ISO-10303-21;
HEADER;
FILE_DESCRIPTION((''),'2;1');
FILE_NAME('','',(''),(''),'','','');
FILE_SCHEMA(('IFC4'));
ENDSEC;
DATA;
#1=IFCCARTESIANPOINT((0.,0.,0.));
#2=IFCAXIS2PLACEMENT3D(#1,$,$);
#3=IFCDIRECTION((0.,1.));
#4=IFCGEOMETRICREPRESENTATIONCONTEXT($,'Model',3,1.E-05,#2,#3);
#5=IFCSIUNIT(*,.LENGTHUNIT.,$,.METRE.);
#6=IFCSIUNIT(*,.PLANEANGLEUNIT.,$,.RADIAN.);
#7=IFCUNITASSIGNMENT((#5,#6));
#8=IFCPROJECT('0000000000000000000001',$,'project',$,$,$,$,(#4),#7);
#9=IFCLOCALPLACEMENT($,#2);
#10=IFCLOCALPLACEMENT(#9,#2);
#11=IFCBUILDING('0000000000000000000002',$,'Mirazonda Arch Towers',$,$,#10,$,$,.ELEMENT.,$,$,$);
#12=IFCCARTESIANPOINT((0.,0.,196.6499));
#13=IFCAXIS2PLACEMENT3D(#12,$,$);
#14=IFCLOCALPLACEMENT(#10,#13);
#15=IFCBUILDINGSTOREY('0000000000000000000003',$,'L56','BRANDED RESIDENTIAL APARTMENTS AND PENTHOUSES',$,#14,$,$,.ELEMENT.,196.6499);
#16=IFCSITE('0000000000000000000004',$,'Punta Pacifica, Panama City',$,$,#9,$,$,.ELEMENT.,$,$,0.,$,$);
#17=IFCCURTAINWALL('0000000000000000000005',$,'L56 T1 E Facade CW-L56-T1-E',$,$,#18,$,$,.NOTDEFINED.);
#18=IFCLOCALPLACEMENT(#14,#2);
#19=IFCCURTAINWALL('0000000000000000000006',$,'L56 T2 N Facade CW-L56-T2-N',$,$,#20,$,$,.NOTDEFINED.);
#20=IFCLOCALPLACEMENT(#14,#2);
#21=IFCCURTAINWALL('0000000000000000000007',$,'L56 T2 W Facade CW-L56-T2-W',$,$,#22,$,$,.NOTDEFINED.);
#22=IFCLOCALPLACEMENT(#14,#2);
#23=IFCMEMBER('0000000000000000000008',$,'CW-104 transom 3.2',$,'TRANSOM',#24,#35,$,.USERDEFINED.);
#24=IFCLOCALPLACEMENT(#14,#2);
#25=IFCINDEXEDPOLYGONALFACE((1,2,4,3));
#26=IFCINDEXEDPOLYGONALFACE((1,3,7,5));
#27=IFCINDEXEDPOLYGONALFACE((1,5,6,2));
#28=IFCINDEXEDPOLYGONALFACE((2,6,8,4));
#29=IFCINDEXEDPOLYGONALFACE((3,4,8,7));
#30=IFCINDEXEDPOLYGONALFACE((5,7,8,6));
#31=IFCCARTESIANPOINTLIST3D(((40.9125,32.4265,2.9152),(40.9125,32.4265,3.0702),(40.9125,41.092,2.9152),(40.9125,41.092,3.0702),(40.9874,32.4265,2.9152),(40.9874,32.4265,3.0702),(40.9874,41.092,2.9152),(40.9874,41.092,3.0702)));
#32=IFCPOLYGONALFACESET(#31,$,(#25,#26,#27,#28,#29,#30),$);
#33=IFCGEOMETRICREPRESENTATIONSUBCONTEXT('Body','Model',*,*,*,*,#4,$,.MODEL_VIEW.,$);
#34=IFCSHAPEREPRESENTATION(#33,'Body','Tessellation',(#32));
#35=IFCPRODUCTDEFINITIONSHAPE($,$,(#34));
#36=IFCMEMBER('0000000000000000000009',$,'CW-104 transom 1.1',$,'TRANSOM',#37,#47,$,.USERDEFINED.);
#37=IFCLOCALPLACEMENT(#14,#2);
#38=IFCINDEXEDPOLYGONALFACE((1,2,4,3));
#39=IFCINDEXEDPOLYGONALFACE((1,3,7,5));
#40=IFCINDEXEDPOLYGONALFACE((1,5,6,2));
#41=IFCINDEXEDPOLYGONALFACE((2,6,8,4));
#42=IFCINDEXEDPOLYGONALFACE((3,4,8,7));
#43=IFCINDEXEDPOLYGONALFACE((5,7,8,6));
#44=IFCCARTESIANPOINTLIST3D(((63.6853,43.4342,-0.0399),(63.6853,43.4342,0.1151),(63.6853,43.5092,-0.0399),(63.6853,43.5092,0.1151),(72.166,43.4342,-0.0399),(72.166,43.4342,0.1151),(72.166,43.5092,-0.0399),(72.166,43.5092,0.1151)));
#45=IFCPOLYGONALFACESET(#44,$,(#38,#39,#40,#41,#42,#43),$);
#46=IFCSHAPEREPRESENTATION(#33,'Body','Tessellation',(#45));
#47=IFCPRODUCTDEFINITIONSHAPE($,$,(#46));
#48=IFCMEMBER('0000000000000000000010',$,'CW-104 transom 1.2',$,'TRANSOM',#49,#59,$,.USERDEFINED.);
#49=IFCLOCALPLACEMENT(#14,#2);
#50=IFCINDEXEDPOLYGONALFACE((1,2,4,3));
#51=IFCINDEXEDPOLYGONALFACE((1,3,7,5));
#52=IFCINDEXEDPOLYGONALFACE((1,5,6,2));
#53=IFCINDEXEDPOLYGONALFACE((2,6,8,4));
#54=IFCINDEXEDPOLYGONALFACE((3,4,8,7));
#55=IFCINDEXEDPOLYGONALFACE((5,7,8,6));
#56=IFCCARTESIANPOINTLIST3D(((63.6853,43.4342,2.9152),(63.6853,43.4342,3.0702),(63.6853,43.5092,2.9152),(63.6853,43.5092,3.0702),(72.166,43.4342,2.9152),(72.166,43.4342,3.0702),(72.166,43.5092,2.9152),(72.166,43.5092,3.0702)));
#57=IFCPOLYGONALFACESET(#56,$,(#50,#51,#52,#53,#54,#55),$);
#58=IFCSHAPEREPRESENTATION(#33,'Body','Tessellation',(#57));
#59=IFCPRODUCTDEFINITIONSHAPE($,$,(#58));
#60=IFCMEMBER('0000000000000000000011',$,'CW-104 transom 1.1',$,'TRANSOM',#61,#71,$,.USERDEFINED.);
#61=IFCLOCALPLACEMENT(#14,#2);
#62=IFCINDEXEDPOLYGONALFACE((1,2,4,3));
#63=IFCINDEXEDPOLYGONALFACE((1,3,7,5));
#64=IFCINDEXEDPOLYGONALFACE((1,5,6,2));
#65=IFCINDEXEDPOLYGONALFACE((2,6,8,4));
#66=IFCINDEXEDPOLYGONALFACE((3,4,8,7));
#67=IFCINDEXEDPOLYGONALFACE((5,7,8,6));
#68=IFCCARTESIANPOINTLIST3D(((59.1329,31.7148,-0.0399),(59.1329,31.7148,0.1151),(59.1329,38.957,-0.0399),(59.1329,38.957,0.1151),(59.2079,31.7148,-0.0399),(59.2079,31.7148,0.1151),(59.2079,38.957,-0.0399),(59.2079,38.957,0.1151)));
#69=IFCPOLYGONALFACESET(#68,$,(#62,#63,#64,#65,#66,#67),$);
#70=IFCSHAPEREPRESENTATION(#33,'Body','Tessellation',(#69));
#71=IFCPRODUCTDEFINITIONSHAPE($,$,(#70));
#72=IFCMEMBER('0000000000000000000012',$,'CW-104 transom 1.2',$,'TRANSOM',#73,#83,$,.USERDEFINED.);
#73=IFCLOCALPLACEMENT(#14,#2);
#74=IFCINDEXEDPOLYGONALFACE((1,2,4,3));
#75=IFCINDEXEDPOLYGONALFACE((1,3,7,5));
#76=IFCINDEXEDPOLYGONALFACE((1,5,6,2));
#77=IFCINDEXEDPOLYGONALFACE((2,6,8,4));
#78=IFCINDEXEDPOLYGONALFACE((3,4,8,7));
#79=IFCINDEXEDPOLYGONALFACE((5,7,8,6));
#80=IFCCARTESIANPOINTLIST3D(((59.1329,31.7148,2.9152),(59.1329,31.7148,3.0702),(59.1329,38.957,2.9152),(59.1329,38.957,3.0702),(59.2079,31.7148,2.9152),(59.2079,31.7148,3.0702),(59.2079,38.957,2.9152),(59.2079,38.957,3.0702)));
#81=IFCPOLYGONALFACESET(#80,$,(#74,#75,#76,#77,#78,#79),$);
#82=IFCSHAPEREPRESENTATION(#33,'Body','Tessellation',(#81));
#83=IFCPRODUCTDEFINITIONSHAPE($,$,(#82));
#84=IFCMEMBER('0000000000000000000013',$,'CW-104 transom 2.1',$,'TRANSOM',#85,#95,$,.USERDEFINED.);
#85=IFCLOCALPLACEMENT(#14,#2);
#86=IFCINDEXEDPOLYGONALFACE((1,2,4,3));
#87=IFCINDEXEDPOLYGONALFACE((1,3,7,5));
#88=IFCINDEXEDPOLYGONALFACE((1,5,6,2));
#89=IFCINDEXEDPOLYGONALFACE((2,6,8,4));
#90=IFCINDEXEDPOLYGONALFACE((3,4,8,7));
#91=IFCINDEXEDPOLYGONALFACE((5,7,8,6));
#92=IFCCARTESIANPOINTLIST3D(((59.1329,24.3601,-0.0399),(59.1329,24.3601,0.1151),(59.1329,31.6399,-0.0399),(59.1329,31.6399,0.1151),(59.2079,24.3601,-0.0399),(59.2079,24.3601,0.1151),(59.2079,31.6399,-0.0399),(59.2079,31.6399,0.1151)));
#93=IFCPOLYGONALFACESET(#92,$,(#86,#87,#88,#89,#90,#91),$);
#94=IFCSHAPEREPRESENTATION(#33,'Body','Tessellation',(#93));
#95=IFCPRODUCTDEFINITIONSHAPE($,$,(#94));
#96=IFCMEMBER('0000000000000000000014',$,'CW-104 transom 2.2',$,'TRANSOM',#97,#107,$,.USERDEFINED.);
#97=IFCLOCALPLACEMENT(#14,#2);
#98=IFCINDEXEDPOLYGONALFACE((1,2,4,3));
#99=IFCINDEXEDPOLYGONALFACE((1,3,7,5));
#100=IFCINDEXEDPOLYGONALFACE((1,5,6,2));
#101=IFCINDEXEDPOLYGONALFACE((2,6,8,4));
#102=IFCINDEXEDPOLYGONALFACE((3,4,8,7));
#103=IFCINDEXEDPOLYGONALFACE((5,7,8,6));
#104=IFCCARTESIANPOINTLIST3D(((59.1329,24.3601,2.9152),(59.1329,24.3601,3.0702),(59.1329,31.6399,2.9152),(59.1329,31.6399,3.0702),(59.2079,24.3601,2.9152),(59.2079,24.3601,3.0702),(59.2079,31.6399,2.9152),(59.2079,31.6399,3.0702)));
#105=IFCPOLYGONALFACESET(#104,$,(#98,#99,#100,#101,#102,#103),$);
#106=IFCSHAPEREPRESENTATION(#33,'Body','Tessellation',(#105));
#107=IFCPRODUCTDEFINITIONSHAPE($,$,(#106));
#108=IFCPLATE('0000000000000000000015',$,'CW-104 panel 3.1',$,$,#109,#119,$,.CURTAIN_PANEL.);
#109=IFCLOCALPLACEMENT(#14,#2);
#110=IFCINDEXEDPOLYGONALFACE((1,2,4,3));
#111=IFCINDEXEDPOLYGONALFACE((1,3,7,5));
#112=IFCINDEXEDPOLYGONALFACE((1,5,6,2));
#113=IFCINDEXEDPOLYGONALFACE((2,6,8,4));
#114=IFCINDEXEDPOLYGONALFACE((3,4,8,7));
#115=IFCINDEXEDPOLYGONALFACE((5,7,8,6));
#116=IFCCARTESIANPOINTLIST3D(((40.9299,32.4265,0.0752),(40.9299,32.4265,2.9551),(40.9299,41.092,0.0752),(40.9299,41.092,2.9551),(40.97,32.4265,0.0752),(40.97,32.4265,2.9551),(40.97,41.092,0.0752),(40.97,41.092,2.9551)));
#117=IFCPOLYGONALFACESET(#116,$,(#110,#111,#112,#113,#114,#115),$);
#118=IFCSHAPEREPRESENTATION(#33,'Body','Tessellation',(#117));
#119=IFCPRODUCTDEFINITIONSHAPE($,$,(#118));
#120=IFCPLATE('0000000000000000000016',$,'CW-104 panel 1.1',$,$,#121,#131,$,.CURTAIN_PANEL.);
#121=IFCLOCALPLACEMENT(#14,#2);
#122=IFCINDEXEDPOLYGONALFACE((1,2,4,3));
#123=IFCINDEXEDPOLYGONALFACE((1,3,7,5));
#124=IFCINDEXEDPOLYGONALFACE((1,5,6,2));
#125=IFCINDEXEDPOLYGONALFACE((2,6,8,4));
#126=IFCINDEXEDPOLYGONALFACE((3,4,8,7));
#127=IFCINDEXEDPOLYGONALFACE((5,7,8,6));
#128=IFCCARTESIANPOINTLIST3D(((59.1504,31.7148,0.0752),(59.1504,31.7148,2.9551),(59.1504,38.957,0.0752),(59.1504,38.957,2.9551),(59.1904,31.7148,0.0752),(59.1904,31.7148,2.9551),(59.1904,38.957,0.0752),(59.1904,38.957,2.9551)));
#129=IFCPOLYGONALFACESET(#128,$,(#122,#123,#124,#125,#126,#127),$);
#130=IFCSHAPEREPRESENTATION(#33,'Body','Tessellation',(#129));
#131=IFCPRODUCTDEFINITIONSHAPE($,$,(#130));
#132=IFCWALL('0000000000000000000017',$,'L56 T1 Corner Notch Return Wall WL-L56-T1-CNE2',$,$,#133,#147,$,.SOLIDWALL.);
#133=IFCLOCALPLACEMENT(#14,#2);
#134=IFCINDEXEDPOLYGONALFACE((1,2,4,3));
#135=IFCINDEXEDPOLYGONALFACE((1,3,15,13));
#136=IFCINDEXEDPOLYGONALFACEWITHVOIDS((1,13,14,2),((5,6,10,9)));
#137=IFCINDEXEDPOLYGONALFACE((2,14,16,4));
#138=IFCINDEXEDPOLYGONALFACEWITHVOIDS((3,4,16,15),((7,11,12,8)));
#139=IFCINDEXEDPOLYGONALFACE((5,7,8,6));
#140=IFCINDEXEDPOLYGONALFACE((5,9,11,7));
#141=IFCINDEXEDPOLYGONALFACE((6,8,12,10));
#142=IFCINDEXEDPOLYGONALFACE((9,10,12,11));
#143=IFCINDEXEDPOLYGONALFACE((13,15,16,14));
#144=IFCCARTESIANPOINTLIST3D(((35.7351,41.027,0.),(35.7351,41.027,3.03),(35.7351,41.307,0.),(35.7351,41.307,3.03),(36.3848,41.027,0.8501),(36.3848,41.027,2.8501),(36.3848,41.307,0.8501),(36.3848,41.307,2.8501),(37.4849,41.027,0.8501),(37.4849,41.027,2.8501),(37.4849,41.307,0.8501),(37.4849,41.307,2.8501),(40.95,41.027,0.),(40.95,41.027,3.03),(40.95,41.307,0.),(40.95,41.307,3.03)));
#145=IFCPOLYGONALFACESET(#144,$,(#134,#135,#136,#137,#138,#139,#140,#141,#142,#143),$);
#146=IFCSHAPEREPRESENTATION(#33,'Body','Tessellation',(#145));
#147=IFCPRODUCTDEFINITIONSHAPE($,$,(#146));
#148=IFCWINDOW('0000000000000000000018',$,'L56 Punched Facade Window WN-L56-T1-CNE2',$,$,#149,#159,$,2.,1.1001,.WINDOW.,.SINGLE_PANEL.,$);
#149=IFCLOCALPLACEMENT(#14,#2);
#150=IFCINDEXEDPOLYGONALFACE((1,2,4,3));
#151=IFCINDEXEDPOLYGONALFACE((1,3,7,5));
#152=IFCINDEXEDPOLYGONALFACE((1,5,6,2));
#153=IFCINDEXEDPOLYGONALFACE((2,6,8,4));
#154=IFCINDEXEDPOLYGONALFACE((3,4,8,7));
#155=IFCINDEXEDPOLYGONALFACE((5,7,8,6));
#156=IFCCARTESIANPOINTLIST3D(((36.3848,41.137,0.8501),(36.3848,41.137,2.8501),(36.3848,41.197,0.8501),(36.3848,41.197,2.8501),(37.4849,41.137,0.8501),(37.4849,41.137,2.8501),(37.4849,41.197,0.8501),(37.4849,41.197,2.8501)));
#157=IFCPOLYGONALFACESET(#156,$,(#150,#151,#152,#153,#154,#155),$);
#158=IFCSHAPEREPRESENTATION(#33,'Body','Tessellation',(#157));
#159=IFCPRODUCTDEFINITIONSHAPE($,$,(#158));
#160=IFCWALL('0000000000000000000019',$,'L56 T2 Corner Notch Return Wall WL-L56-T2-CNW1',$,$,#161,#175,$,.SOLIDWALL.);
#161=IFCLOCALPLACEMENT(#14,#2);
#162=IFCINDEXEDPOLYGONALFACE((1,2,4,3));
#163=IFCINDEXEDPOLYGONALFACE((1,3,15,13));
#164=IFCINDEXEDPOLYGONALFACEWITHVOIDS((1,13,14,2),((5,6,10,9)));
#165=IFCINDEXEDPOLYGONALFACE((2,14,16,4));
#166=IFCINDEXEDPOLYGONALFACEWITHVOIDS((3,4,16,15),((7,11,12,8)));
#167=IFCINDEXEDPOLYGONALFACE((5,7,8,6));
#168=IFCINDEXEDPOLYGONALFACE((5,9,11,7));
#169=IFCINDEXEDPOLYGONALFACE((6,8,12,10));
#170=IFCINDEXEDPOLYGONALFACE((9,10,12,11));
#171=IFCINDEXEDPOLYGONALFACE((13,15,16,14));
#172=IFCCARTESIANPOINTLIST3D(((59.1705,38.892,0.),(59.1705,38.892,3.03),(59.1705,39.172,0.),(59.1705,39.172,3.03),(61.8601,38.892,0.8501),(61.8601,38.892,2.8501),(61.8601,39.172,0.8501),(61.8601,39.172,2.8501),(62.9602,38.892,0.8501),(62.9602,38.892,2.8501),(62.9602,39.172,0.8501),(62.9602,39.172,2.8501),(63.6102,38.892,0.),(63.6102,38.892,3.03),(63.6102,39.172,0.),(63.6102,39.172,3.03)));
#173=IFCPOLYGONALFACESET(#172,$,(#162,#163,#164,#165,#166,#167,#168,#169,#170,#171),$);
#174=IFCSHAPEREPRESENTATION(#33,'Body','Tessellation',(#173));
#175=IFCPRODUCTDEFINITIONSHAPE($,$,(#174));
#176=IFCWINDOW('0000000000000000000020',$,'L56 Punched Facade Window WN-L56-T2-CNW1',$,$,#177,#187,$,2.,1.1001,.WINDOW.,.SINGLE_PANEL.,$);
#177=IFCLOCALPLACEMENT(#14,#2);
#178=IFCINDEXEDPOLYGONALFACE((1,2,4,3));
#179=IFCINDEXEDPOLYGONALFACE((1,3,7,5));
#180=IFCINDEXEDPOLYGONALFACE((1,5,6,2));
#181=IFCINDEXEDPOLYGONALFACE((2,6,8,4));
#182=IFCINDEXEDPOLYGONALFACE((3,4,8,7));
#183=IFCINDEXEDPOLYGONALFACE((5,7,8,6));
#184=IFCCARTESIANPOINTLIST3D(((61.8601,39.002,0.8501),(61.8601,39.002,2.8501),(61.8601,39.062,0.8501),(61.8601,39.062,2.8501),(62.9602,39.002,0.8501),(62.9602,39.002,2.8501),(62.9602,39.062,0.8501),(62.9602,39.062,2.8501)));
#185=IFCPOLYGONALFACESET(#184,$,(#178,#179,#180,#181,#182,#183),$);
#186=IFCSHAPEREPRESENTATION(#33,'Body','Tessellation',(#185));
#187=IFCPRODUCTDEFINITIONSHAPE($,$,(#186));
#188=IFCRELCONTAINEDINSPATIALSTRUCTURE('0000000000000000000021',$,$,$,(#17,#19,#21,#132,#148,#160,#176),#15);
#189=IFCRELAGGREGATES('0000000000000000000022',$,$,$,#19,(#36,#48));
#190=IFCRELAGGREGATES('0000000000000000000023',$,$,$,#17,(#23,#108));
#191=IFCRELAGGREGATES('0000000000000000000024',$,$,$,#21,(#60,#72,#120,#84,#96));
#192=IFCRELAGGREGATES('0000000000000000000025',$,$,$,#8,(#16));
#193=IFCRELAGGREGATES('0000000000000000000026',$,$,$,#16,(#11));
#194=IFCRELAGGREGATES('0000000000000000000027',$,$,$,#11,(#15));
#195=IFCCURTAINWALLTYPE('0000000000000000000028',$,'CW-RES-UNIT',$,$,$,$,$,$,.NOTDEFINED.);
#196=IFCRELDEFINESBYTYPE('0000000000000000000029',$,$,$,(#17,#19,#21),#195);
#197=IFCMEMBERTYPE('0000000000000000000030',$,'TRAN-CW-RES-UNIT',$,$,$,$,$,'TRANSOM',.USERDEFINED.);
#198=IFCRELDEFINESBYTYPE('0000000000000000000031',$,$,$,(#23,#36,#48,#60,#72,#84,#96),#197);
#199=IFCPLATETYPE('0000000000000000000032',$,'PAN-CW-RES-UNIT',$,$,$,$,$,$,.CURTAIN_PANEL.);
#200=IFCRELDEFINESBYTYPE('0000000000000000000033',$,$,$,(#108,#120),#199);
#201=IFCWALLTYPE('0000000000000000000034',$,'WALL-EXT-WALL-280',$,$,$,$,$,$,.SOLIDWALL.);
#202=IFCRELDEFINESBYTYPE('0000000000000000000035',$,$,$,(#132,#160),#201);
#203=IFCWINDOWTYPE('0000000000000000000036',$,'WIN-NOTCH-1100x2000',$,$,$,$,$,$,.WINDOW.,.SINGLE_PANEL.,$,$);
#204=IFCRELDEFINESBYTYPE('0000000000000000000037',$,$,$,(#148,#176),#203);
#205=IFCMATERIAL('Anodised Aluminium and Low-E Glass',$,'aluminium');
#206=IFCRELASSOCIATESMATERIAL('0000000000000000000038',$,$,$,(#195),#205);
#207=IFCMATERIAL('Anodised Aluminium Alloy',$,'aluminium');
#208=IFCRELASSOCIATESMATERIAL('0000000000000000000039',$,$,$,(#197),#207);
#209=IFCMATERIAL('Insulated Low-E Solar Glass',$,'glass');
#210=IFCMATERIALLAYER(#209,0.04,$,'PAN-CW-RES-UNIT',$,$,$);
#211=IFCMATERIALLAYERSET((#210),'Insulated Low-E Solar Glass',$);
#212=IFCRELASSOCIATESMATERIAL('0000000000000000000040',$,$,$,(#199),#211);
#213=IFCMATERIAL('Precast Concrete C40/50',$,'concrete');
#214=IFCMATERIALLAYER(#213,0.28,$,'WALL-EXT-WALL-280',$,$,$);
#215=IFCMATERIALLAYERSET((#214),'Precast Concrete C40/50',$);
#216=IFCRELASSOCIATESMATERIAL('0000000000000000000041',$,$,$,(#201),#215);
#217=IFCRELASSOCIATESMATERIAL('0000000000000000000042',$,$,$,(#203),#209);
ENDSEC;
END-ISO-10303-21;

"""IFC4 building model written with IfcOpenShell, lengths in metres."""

from ifc_helpers import new_model, si_unit, direction, frame, frame_2d, origin, origin_2d, place, context, subcontext, project, spatial, rectangle, extrude, material, layer, layer_set, material_profile, profile_set, type_object, element, fill, aggregate, save


model = new_model("IFC4")

# Units and contexts
model_context = context("Model", 3, precision=1e-05, world=origin(), true_north=direction((0.0, 1.0)))
body_context = subcontext(model_context, "Body", "Model", "MODEL_VIEW")
ifc_project = project(units=[si_unit("LENGTHUNIT", "METRE"), si_unit("PLANEANGLEUNIT", "RADIAN")], contexts=[model_context])

# Site, building, storey
site_placement = place(None, origin())
site = spatial("IfcSite", under=ifc_project, at=site_placement, Name="Punta Pacifica, Panama City", CompositionType="ELEMENT", RefElevation=0.0)
building_placement = place(site_placement, origin())
building = spatial("IfcBuilding", under=site, at=building_placement, Name="Mirazonda Arch Towers", CompositionType="ELEMENT")
storey_placement = place(building_placement, frame((0.0, 0.0, 196.6499)))
storey = spatial("IfcBuildingStorey", under=building, at=storey_placement, Name="L56", Description="BRANDED RESIDENTIAL APARTMENTS AND PENTHOUSES", CompositionType="ELEMENT", Elevation=196.6499)

# Curtain wall
ifc_material_1 = material(Name="Anodised Aluminium and Low-E Glass", Category="aluminium")
curtain_wall_type = type_object("IfcCurtainWallType", Name="CW-RES-UNIT", PredefinedType="NOTDEFINED", material=ifc_material_1)
curtain_wall_1_placement = place(storey_placement, origin())
curtain_wall_1 = element("IfcCurtainWall", 1, at=curtain_wall_1_placement, inside=storey, type_object=curtain_wall_type, Name="L56 T1 E Facade CW-L56-T1-E", PredefinedType="NOTDEFINED")
ifc_material_2 = material(Name="Anodised Aluminium Alloy", Category="aluminium")

# Curtain wall
curtain_wall_2_placement = place(storey_placement, origin())
curtain_wall_2 = element("IfcCurtainWall", 2, at=curtain_wall_2_placement, inside=storey, type_object=curtain_wall_type, Name="L56 T2 N Facade CW-L56-T2-N", PredefinedType="NOTDEFINED")

# Curtain wall
curtain_wall_3_placement = place(storey_placement, origin())
curtain_wall_3 = element("IfcCurtainWall", 3, at=curtain_wall_3_placement, inside=storey, type_object=curtain_wall_type, Name="L56 T2 W Facade CW-L56-T2-W", PredefinedType="NOTDEFINED")

# Members
ifc_material_profile_1 = material_profile(ifc_material_2, rectangle(XDim=0.075, YDim=0.155, at=origin_2d()), Name="ALU-TRAN-75x155")
ifc_profile_set_1 = profile_set([ifc_material_profile_1], Name="Anodised Aluminium Alloy")
member_type_1 = type_object("IfcMemberType", Name="TRAN-CW-RES-UNIT", ElementType="TRANSOM", PredefinedType="USERDEFINED", material=ifc_profile_set_1)
member_1_placement = place(storey_placement, frame((40.95, 32.4265, 2.9927), z_axis=(0.0, 1.0, 0.0), x_axis=(-1.0, 0.0, 0.0)))
member_1 = element("IfcMember", 4, at=member_1_placement, type_object=member_type_1, Name="CW-104 transom 3.2", ObjectType="TRANSOM", PredefinedType="USERDEFINED", context=body_context, shape_type="SweptSolid", body=[
    extrude(rectangle(XDim=0.075, YDim=0.155, at=origin_2d()), origin(), (0.0, 0.0, 1.0), 8.6655),
])
member_2_placement = place(storey_placement, frame((63.6853, 43.4717, 0.0376), z_axis=(1.0, 0.0, 0.0), x_axis=(0.0, 1.0, 0.0)))
member_2 = element("IfcMember", 5, at=member_2_placement, type_object=member_type_1, Name="CW-104 transom 1.1", ObjectType="TRANSOM", PredefinedType="USERDEFINED", context=body_context, shape_type="SweptSolid", body=[
    extrude(rectangle(XDim=0.075, YDim=0.155, at=origin_2d()), origin(), (0.0, 0.0, 1.0), 8.4807),
])
member_3_placement = place(storey_placement, frame((63.6853, 43.4717, 2.9927), z_axis=(1.0, 0.0, 0.0), x_axis=(0.0, 1.0, 0.0)))
member_3 = element("IfcMember", 6, at=member_3_placement, type_object=member_type_1, Name="CW-104 transom 1.2", ObjectType="TRANSOM", PredefinedType="USERDEFINED", context=body_context, shape_type="SweptSolid", body=[
    extrude(rectangle(XDim=0.075, YDim=0.155, at=origin_2d()), origin(), (0.0, 0.0, 1.0), 8.4807),
])
aggregate(curtain_wall_2, [member_2, member_3])
member_4_placement = place(storey_placement, frame((59.1704, 38.957, 0.0376), z_axis=(0.0, -1.0, 0.0), x_axis=(1.0, 0.0, 0.0)))
member_4 = element("IfcMember", 7, at=member_4_placement, type_object=member_type_1, Name="CW-104 transom 1.1", ObjectType="TRANSOM", PredefinedType="USERDEFINED", context=body_context, shape_type="SweptSolid", body=[
    extrude(rectangle(XDim=0.075, YDim=0.155, at=origin_2d()), origin(), (0.0, 0.0, 1.0), 7.2422),
])
member_5_placement = place(storey_placement, frame((59.1704, 38.957, 2.9927), z_axis=(0.0, -1.0, 0.0), x_axis=(1.0, 0.0, 0.0)))
member_5 = element("IfcMember", 8, at=member_5_placement, type_object=member_type_1, Name="CW-104 transom 1.2", ObjectType="TRANSOM", PredefinedType="USERDEFINED", context=body_context, shape_type="SweptSolid", body=[
    extrude(rectangle(XDim=0.075, YDim=0.155, at=origin_2d()), origin(), (0.0, 0.0, 1.0), 7.2422),
])
member_6_placement = place(storey_placement, frame((59.1704, 31.6399, 0.0376), z_axis=(0.0, -1.0, 0.0), x_axis=(1.0, 0.0, 0.0)))
member_6 = element("IfcMember", 9, at=member_6_placement, type_object=member_type_1, Name="CW-104 transom 2.1", ObjectType="TRANSOM", PredefinedType="USERDEFINED", context=body_context, shape_type="SweptSolid", body=[
    extrude(rectangle(XDim=0.075, YDim=0.155, at=origin_2d()), origin(), (0.0, 0.0, 1.0), 7.2798),
])
member_7_placement = place(storey_placement, frame((59.1704, 31.6399, 2.9927), z_axis=(0.0, -1.0, 0.0), x_axis=(1.0, 0.0, 0.0)))
member_7 = element("IfcMember", 10, at=member_7_placement, type_object=member_type_1, Name="CW-104 transom 2.2", ObjectType="TRANSOM", PredefinedType="USERDEFINED", context=body_context, shape_type="SweptSolid", body=[
    extrude(rectangle(XDim=0.075, YDim=0.155, at=origin_2d()), origin(), (0.0, 0.0, 1.0), 7.2798),
])

# Plates
ifc_material_3 = material(Name="Insulated Low-E Solar Glass", Category="glass")
ifc_layer_1 = layer(ifc_material_3, 0.04, Name="PAN-CW-RES-UNIT")
ifc_layer_set_1 = layer_set([ifc_layer_1], Name="Insulated Low-E Solar Glass")
plate_type = type_object("IfcPlateType", Name="PAN-CW-RES-UNIT", PredefinedType="CURTAIN_PANEL", material=ifc_layer_set_1)
plate_1_placement = place(storey_placement, frame((40.95, 36.7593, 0.0752), z_axis=(0.0, 0.0, 1.0), x_axis=(0.0, 1.0, 0.0)))
plate_1 = element("IfcPlate", 11, at=plate_1_placement, type_object=plate_type, Name="CW-104 panel 3.1", PredefinedType="CURTAIN_PANEL", context=body_context, shape_type="SweptSolid", body=[
    extrude(rectangle(XDim=8.6655, YDim=0.04, at=origin_2d()), origin(), (0.0, 0.0, 1.0), 2.8799),
])
aggregate(curtain_wall_1, [member_1, plate_1])
plate_2_placement = place(storey_placement, frame((59.1704, 35.3359, 0.0752), z_axis=(0.0, 0.0, 1.0), x_axis=(0.0, -1.0, 0.0)))
plate_2 = element("IfcPlate", 12, at=plate_2_placement, type_object=plate_type, Name="CW-104 panel 1.1", PredefinedType="CURTAIN_PANEL", context=body_context, shape_type="SweptSolid", body=[
    extrude(rectangle(XDim=7.2422, YDim=0.04, at=origin_2d()), origin(), (0.0, 0.0, 1.0), 2.8799),
])
aggregate(curtain_wall_3, [member_4, member_5, plate_2, member_6, member_7])

# Walls, openings, windows
ifc_material_4 = material(Name="Precast Concrete C40/50", Category="concrete")
ifc_layer_2 = layer(ifc_material_4, 0.28, Name="WALL-EXT-WALL-280")
ifc_layer_set_2 = layer_set([ifc_layer_2], Name="Precast Concrete C40/50")
wall_type_1 = type_object("IfcWallType", Name="WALL-EXT-WALL-280", PredefinedType="SOLIDWALL", material=ifc_layer_set_2)
wall_1_placement = place(storey_placement, frame((40.95, 41.167, 0.0), z_axis=(0.0, 0.0, 1.0), x_axis=(-1.0, 0.0, 0.0)))
wall_1 = element("IfcWall", 13, at=wall_1_placement, inside=storey, type_object=wall_type_1, Name="L56 T1 Corner Notch Return Wall WL-L56-T1-CNE2", PredefinedType="SOLIDWALL", context=body_context, shape_type="SweptSolid", body=[
    extrude(rectangle(XDim=5.2148, YDim=0.28, at=frame_2d((2.6074, 0.0))), origin(), (0.0, 0.0, 1.0), 3.03),
])
opening_1_placement = place(wall_1_placement, frame((3.4651, 0.0, 0.8501)))
opening_1 = element("IfcOpeningElement", 14, at=opening_1_placement, cuts=wall_1, PredefinedType="OPENING", context=body_context, shape_type="SweptSolid", body=[
    extrude(rectangle(XDim=1.1001, YDim=2.0, at=frame_2d((0.55, 1.0))), frame((0.0, 0.1499, 0.0), z_axis=(0.0, -1.0, 0.0), x_axis=(1.0, 0.0, 0.0)), (0.0, 0.0, 1.0), 0.3),
])
window_type = type_object("IfcWindowType", Name="WIN-NOTCH-1100x2000", PartitioningType="SINGLE_PANEL", PredefinedType="WINDOW", material=ifc_material_3)
window_1_placement = place(opening_1_placement, origin())
window_1 = element("IfcWindow", 15, at=window_1_placement, inside=storey, type_object=window_type, Name="L56 Punched Facade Window WN-L56-T1-CNE2", OverallHeight=2.0, OverallWidth=1.1001, PartitioningType="SINGLE_PANEL", PredefinedType="WINDOW", context=body_context, shape_type="SweptSolid", body=[
    extrude(rectangle(XDim=1.1001, YDim=2.0, at=frame_2d((0.55, 1.0))), frame((0.0, 0.03, 0.0), z_axis=(0.0, -1.0, 0.0), x_axis=(1.0, 0.0, 0.0)), (0.0, 0.0, 1.0), 0.0601),
])
fill(opening_1, window_1)
wall_2_placement = place(storey_placement, frame((63.6101, 39.032, 0.0), z_axis=(0.0, 0.0, 1.0), x_axis=(-1.0, 0.0, 0.0)))
wall_2 = element("IfcWall", 16, at=wall_2_placement, inside=storey, type_object=wall_type_1, Name="L56 T2 Corner Notch Return Wall WL-L56-T2-CNW1", PredefinedType="SOLIDWALL", context=body_context, shape_type="SweptSolid", body=[
    extrude(rectangle(XDim=4.4397, YDim=0.28, at=frame_2d((2.2197, 0.0))), origin(), (0.0, 0.0, 1.0), 3.03),
])
opening_2_placement = place(wall_2_placement, frame((0.6499, 0.0, 0.8501)))
opening_2 = element("IfcOpeningElement", 17, at=opening_2_placement, cuts=wall_2, PredefinedType="OPENING", context=body_context, shape_type="SweptSolid", body=[
    extrude(rectangle(XDim=1.1001, YDim=2.0, at=frame_2d((0.55, 1.0))), frame((0.0, 0.1499, 0.0), z_axis=(0.0, -1.0, 0.0), x_axis=(1.0, 0.0, 0.0)), (0.0, 0.0, 1.0), 0.3),
])
window_2_placement = place(opening_2_placement, origin())
window_2 = element("IfcWindow", 18, at=window_2_placement, inside=storey, type_object=window_type, Name="L56 Punched Facade Window WN-L56-T2-CNW1", OverallHeight=2.0, OverallWidth=1.1001, PartitioningType="SINGLE_PANEL", PredefinedType="WINDOW", context=body_context, shape_type="SweptSolid", body=[
    extrude(rectangle(XDim=1.1001, YDim=2.0, at=frame_2d((0.55, 1.0))), frame((0.0, 0.03, 0.0), z_axis=(0.0, -1.0, 0.0), x_axis=(1.0, 0.0, 0.0)), (0.0, 0.0, 1.0), 0.0601),
])
fill(opening_2, window_2)

save(model, "model.ifc")
